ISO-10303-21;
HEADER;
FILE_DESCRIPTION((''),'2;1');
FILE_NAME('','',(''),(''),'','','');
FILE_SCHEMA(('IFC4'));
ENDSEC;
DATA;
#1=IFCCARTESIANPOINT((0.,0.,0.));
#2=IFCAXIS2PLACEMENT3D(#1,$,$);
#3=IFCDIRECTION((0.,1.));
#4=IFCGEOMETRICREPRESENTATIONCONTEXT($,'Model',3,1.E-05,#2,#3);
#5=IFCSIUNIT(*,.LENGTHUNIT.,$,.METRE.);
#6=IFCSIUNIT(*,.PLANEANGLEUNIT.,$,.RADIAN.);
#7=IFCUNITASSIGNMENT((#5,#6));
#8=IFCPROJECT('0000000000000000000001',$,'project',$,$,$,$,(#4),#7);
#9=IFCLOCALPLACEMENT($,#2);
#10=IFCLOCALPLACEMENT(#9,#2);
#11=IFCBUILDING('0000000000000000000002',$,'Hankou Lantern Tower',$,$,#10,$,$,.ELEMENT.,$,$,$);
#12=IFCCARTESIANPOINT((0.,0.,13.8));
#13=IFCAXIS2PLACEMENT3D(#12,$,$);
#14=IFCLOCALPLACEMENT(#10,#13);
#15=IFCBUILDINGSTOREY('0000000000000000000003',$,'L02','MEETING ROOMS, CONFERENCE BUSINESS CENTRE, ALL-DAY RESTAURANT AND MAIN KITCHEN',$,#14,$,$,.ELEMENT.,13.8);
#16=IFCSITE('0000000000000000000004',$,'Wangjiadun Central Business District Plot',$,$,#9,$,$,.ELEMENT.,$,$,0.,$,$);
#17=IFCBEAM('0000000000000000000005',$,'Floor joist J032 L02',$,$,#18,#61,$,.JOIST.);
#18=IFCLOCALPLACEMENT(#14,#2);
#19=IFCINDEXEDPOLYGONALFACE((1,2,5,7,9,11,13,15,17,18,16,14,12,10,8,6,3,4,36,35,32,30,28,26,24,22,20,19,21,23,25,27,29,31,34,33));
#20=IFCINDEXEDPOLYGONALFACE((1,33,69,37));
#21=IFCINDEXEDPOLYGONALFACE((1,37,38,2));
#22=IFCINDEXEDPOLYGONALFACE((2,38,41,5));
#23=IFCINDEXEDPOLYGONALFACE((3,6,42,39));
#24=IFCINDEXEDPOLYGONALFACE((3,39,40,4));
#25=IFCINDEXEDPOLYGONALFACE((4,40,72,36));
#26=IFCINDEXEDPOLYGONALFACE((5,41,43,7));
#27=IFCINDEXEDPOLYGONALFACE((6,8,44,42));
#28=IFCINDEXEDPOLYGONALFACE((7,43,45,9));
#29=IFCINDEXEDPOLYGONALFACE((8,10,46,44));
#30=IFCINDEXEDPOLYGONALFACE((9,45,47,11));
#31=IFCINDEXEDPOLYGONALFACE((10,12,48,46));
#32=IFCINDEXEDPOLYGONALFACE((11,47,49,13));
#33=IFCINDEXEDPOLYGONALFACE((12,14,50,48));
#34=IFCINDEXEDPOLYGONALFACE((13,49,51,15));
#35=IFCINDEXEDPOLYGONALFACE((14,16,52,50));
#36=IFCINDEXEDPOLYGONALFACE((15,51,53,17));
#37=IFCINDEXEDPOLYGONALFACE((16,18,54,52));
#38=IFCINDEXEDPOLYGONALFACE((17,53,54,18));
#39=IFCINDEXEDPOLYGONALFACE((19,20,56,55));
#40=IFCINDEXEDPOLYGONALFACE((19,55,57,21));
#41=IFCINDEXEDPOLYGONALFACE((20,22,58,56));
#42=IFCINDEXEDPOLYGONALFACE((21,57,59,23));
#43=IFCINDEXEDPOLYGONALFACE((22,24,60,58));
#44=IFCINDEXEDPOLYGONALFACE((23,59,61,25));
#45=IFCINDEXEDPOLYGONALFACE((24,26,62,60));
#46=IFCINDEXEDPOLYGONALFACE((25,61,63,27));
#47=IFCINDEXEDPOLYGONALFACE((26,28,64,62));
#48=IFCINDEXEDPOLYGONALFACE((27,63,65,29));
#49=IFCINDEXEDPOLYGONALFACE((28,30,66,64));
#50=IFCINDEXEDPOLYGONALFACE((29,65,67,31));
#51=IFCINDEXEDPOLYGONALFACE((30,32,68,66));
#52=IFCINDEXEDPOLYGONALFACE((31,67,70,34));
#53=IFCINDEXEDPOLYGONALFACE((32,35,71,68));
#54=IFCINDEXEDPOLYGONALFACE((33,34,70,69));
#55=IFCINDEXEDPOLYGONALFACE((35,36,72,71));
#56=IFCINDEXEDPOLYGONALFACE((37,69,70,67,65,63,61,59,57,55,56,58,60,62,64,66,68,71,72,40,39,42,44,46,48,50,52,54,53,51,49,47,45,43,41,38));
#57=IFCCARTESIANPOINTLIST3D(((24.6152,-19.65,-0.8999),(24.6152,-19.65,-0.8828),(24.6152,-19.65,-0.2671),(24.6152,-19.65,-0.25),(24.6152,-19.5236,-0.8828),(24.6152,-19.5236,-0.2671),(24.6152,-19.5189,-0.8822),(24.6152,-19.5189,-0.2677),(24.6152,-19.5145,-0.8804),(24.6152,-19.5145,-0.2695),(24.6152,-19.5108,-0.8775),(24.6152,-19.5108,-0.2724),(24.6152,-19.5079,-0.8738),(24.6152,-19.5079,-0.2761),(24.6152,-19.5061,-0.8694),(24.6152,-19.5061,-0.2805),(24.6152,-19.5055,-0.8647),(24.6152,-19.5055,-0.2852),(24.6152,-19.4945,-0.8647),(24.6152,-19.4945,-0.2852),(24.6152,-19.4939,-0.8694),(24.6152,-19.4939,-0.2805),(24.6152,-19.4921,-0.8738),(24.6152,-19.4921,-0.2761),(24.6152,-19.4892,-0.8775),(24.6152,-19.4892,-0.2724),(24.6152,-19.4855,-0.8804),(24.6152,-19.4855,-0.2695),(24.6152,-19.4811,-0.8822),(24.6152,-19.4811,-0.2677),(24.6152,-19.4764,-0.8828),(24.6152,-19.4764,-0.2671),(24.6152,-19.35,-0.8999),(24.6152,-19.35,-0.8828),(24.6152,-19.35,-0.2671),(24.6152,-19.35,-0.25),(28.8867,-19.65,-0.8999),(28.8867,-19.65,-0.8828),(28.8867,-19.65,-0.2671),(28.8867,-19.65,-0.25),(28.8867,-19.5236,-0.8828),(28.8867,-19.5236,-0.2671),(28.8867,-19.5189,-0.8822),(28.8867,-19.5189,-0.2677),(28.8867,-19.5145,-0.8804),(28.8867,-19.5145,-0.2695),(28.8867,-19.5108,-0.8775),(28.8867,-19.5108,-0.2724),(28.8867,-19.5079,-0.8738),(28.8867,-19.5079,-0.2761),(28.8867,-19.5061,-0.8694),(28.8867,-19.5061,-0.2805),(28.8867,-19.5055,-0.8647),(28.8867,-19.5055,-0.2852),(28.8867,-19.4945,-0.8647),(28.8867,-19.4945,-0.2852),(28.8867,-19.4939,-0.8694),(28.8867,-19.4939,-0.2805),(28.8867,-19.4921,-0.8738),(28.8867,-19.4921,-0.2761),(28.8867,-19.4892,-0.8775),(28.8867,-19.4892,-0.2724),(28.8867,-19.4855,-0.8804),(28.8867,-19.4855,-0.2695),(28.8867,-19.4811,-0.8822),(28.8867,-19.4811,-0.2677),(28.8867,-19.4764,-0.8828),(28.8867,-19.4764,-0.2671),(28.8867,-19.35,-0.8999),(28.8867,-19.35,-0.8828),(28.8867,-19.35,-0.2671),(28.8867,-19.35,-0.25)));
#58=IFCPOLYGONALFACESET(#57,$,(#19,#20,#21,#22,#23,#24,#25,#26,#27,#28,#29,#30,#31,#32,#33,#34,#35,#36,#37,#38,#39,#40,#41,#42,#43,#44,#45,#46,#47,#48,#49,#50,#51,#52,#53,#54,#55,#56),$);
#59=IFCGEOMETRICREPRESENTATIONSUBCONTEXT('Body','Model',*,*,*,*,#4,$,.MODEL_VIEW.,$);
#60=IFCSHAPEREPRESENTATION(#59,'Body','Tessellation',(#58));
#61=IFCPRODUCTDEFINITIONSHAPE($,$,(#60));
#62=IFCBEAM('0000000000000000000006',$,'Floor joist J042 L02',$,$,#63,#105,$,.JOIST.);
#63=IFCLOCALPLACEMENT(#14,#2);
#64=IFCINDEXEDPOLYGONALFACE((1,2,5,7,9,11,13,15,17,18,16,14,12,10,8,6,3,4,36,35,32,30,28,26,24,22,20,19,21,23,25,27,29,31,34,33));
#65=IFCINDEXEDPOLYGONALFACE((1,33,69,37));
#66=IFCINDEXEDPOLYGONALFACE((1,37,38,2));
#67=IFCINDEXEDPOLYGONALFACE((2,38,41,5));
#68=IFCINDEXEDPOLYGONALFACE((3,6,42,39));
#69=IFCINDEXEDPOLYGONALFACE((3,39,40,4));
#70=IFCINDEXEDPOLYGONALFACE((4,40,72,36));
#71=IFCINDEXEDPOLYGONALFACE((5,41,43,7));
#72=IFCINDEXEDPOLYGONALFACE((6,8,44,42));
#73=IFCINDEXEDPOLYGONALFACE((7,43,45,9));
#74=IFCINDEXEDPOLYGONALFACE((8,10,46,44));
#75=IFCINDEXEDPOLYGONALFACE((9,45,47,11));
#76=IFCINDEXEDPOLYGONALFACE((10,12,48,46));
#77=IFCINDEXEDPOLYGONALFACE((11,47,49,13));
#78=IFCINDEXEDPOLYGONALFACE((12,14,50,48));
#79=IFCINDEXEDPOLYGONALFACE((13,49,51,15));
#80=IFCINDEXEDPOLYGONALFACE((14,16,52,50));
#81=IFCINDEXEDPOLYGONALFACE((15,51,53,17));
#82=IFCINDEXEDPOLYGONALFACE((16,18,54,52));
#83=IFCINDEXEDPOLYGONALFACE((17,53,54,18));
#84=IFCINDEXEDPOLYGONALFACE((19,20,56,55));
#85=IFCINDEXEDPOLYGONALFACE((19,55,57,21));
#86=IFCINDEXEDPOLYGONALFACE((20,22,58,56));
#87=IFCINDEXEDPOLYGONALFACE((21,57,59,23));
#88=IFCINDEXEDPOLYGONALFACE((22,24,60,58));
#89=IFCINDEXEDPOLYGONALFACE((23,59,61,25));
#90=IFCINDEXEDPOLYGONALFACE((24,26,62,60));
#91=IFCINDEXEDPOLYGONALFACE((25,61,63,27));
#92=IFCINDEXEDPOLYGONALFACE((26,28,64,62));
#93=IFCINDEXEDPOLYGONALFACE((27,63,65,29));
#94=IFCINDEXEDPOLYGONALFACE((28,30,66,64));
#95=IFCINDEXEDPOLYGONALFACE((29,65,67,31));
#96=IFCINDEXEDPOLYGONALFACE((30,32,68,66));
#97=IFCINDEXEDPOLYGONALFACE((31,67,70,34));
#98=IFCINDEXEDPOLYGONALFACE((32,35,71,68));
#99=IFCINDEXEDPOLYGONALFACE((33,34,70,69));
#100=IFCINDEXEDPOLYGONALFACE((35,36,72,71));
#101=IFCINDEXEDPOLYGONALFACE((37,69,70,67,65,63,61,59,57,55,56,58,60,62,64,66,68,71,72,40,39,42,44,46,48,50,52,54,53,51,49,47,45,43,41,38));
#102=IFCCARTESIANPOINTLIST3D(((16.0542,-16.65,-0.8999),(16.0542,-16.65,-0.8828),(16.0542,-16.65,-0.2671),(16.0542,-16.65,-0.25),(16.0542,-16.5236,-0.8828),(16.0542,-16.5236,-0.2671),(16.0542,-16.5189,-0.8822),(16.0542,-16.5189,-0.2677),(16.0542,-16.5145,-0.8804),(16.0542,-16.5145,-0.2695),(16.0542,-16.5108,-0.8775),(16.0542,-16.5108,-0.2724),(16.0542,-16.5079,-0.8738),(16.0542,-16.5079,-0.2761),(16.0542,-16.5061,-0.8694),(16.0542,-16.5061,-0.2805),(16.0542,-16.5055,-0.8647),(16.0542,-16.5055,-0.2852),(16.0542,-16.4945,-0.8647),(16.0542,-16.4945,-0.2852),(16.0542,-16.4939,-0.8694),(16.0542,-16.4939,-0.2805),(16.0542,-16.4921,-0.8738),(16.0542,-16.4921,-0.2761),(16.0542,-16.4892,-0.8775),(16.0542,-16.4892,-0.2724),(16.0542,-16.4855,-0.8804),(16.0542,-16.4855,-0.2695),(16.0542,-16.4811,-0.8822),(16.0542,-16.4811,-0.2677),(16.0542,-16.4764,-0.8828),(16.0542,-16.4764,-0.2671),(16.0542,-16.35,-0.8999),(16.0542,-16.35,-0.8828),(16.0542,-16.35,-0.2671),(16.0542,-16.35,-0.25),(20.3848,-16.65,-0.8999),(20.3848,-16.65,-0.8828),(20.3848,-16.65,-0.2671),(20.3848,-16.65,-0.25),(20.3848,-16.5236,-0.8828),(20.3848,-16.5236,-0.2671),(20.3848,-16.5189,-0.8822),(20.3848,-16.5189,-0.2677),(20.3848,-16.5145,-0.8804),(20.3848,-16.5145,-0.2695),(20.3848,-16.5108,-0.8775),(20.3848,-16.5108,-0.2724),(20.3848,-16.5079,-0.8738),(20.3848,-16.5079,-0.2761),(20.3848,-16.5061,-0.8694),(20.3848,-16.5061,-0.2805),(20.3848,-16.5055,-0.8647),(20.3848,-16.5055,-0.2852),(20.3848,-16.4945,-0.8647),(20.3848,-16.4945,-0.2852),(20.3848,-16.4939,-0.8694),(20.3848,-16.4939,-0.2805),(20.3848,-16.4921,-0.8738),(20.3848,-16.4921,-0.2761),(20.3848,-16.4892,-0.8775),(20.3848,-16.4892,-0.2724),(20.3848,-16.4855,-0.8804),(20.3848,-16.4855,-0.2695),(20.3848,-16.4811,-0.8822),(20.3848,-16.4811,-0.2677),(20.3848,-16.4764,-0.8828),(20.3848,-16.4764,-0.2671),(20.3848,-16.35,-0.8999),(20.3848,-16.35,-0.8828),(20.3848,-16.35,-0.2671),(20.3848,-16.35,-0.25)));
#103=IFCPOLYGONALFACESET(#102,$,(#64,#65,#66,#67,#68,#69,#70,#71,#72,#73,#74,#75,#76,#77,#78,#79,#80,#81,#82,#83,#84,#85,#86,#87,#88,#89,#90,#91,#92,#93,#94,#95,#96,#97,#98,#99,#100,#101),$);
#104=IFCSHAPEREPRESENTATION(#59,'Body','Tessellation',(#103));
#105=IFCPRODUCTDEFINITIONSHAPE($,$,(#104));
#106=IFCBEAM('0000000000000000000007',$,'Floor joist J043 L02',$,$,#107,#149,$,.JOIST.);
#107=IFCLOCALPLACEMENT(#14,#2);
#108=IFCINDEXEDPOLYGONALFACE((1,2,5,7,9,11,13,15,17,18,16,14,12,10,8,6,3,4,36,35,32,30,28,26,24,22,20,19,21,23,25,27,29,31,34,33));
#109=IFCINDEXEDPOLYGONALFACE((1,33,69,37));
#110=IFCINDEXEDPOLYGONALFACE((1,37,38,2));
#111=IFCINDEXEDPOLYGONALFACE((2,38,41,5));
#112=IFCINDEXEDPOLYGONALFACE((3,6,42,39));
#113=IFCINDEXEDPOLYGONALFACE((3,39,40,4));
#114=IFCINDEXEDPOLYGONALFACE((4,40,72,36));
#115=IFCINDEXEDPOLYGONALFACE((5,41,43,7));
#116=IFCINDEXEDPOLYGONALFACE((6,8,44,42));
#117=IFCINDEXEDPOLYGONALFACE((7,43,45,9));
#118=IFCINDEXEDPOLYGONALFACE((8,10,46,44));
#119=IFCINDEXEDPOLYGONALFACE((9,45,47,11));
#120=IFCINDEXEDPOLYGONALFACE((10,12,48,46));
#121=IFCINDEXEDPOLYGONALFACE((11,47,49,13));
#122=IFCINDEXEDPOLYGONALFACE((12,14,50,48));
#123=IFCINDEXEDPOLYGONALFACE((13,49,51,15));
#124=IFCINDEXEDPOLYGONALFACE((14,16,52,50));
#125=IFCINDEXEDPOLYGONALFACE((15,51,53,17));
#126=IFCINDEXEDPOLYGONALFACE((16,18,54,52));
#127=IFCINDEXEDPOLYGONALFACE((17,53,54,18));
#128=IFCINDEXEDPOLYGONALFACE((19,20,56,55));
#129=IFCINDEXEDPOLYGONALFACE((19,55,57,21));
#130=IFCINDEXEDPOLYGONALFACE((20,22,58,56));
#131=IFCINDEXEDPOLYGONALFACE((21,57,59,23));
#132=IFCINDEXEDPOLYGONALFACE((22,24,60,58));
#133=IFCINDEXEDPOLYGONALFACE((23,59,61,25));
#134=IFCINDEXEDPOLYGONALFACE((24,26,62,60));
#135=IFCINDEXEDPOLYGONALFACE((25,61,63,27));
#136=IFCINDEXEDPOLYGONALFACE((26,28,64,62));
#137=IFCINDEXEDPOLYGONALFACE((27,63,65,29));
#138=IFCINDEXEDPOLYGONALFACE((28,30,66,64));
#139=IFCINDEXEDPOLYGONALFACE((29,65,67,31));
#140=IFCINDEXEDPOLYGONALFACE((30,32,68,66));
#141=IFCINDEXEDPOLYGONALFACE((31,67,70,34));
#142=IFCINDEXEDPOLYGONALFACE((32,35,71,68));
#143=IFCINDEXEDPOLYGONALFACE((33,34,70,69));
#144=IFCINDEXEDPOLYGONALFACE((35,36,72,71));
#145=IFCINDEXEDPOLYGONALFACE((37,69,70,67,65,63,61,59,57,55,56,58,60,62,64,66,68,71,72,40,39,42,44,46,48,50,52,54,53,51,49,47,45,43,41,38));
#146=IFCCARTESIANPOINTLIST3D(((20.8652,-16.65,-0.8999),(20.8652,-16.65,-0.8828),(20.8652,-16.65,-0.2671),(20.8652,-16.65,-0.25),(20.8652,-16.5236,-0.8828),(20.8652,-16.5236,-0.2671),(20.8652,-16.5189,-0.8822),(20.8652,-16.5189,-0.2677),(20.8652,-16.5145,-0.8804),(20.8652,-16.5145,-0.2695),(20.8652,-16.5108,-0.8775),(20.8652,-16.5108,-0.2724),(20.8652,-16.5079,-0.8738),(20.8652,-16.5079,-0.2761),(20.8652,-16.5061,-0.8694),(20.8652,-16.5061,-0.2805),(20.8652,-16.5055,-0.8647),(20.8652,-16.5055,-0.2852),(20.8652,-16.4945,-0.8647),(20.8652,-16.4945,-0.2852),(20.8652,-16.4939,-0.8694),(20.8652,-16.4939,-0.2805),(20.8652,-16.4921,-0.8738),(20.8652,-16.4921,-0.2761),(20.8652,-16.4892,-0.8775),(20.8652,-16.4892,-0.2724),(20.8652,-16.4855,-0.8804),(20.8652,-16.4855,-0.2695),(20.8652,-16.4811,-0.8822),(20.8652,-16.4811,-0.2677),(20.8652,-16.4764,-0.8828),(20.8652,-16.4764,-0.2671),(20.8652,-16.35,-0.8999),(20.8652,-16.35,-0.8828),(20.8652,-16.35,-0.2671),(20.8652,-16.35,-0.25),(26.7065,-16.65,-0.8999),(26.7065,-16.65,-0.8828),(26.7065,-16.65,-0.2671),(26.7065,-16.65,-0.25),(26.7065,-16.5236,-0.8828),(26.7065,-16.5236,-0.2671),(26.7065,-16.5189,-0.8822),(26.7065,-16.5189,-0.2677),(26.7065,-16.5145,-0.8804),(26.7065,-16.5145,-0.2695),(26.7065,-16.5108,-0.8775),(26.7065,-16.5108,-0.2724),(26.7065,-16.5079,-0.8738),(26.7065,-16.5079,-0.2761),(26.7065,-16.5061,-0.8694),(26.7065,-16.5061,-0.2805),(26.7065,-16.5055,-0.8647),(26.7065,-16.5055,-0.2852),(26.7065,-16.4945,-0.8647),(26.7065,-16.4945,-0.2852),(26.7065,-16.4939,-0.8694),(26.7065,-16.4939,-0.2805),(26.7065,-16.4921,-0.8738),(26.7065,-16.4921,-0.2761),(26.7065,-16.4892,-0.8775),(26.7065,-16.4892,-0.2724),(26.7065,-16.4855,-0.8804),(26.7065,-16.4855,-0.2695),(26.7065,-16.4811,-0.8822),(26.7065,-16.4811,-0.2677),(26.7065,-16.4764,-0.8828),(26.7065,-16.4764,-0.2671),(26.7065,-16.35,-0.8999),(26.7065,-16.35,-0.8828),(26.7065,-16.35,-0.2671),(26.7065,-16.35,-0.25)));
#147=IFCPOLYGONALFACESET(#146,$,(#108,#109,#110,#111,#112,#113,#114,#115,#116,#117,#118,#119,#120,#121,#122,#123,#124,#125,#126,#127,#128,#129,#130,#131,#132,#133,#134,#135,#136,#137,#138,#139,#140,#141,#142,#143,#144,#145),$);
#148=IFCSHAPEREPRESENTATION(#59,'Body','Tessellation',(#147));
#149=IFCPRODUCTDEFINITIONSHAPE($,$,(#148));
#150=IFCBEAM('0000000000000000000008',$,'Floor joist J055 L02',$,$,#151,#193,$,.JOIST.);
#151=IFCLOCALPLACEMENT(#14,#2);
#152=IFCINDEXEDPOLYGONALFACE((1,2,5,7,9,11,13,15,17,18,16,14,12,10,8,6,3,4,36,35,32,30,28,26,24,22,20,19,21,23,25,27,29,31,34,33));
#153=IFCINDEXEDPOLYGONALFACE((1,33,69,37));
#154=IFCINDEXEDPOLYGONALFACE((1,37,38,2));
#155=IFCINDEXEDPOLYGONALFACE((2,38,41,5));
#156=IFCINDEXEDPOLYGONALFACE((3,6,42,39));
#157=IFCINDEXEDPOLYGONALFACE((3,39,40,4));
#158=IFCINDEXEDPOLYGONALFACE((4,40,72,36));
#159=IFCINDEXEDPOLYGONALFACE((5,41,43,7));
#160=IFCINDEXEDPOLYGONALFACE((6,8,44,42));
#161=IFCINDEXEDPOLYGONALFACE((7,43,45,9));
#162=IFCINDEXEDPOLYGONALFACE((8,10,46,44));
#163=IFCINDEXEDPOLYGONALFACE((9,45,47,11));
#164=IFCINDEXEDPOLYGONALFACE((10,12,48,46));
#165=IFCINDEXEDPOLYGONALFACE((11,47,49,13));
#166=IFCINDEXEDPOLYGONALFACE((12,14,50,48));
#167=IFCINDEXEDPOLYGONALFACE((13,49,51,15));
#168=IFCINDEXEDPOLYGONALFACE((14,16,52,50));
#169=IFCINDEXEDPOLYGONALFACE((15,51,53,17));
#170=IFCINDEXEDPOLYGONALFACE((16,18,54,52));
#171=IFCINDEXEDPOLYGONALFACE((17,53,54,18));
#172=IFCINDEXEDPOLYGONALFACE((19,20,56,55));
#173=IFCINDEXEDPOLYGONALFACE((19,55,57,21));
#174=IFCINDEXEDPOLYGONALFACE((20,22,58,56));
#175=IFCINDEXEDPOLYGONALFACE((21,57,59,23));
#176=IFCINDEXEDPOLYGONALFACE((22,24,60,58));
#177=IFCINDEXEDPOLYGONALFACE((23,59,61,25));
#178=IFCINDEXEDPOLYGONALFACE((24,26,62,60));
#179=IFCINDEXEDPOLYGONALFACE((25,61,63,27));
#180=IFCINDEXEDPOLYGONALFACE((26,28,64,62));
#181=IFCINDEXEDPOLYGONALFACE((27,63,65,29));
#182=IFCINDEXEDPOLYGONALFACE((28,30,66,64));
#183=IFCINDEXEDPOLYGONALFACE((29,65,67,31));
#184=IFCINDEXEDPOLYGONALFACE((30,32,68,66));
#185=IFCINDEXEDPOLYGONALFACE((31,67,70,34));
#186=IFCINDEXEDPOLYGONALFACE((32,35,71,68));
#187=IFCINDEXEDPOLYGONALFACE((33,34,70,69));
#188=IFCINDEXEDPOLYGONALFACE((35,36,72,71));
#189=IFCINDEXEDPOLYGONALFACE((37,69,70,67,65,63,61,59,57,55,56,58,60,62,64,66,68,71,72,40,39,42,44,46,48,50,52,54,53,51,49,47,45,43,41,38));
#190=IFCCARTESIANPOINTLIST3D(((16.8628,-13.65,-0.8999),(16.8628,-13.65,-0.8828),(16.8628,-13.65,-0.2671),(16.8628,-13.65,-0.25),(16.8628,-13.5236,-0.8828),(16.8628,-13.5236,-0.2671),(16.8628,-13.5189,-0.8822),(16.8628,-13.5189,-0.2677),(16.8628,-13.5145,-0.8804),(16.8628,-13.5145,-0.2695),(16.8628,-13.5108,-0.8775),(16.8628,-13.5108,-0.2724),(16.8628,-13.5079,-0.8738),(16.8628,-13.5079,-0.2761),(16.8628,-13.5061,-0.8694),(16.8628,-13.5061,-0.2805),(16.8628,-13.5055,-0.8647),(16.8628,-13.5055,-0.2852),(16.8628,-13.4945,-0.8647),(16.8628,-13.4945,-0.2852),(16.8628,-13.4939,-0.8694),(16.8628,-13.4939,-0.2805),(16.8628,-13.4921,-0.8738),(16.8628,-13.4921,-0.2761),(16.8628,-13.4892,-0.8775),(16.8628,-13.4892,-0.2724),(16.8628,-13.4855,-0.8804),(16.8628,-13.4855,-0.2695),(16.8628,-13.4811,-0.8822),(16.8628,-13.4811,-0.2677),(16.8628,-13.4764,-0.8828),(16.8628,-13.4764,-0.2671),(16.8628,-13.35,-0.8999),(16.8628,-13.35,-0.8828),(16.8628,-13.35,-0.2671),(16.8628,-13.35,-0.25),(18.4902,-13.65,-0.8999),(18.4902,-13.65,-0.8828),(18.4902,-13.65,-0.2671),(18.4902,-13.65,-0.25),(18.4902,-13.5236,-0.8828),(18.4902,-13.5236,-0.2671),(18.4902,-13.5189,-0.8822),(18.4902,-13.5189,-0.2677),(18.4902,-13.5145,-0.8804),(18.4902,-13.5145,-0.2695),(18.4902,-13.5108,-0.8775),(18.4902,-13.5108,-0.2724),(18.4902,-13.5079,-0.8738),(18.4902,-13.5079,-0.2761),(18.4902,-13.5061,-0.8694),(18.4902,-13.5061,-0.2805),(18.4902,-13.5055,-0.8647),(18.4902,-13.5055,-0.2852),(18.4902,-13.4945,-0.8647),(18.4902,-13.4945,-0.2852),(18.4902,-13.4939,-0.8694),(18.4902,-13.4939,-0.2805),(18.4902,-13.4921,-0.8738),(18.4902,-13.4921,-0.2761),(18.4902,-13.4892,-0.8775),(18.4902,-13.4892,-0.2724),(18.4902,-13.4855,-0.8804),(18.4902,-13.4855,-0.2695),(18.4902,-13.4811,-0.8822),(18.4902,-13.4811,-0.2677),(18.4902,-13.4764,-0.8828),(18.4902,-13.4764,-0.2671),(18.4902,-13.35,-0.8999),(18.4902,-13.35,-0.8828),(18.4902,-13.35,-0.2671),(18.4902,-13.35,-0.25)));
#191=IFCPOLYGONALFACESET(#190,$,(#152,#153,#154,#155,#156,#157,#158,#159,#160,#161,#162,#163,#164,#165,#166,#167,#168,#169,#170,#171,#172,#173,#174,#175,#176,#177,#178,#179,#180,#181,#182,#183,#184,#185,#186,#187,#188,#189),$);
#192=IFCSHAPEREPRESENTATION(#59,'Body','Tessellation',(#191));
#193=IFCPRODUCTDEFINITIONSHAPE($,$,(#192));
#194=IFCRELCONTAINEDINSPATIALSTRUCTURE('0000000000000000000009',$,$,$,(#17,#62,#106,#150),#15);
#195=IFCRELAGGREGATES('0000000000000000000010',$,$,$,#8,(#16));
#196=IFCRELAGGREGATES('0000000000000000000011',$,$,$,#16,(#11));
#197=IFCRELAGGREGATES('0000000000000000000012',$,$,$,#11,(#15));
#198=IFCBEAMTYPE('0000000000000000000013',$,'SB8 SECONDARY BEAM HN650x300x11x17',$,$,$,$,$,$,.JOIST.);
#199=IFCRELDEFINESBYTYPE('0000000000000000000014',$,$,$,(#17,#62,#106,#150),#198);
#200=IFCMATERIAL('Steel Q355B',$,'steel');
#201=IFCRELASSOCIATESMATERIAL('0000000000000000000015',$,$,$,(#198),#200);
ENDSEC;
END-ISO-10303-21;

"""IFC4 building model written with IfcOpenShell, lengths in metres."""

from ifc_helpers import new_model, si_unit, direction, frame, origin, origin_2d, place, context, subcontext, project, spatial, i_section, extrude, material, material_profile, profile_set, type_object, element, save


model = new_model("IFC4")

# Units and contexts
model_context = context("Model", 3, precision=1e-05, world=origin(), true_north=direction((0.0, 1.0)))
body_context = subcontext(model_context, "Body", "Model", "MODEL_VIEW")
ifc_project = project(units=[si_unit("LENGTHUNIT", "METRE"), si_unit("PLANEANGLEUNIT", "RADIAN")], contexts=[model_context])

# Site, building, storey
site_placement = place(None, origin())
site = spatial("IfcSite", under=ifc_project, at=site_placement, Name="Wangjiadun Central Business District Plot", CompositionType="ELEMENT", RefElevation=0.0)
building_placement = place(site_placement, origin())
building = spatial("IfcBuilding", under=site, at=building_placement, Name="Hankou Lantern Tower", CompositionType="ELEMENT")
storey_placement = place(building_placement, frame((0.0, 0.0, 13.8)))
storey = spatial("IfcBuildingStorey", under=building, at=storey_placement, Name="L02", Description="MEETING ROOMS, CONFERENCE BUSINESS CENTRE, ALL-DAY RESTAURANT AND MAIN KITCHEN", CompositionType="ELEMENT", Elevation=13.8)

# Beams
ifc_material_1 = material(Name="Steel Q355B", Category="steel")
ifc_material_profile_1 = material_profile(ifc_material_1, i_section(OverallWidth=0.3, OverallDepth=0.6499, WebThickness=0.011, FlangeThickness=0.0171, FilletRadius=0.0181, at=origin_2d()), Name="HN650x300x11x17")
ifc_profile_set_1 = profile_set([ifc_material_profile_1], Name="Steel Q355B")
beam_type_1 = type_object("IfcBeamType", Name="SB8 SECONDARY BEAM HN650x300x11x17", PredefinedType="JOIST", material=ifc_profile_set_1)
beam_1_placement = place(storey_placement, frame((24.6152, -19.5, -0.575), z_axis=(1.0, 0.0, 0.0), x_axis=(0.0, 1.0, 0.0)))
element("IfcBeam", 1, at=beam_1_placement, inside=storey, type_object=beam_type_1, Name="Floor joist J032 L02", PredefinedType="JOIST", context=body_context, shape_type="SweptSolid", body=[
    extrude(i_section(OverallWidth=0.3, OverallDepth=0.6499, WebThickness=0.011, FlangeThickness=0.0171, FilletRadius=0.0181, at=origin_2d()), origin(), (0.0, 0.0, 1.0), 4.2715),
])
beam_2_placement = place(storey_placement, frame((16.0542, -16.5, -0.575), z_axis=(1.0, 0.0, 0.0), x_axis=(0.0, 1.0, 0.0)))
element("IfcBeam", 2, at=beam_2_placement, inside=storey, type_object=beam_type_1, Name="Floor joist J042 L02", PredefinedType="JOIST", context=body_context, shape_type="SweptSolid", body=[
    extrude(i_section(OverallWidth=0.3, OverallDepth=0.6499, WebThickness=0.011, FlangeThickness=0.0171, FilletRadius=0.0181, at=origin_2d()), origin(), (0.0, 0.0, 1.0), 4.3306),
])
beam_3_placement = place(storey_placement, frame((20.8652, -16.5, -0.575), z_axis=(1.0, 0.0, 0.0), x_axis=(0.0, 1.0, 0.0)))
element("IfcBeam", 3, at=beam_3_placement, inside=storey, type_object=beam_type_1, Name="Floor joist J043 L02", PredefinedType="JOIST", context=body_context, shape_type="SweptSolid", body=[
    extrude(i_section(OverallWidth=0.3, OverallDepth=0.6499, WebThickness=0.011, FlangeThickness=0.0171, FilletRadius=0.0181, at=origin_2d()), origin(), (0.0, 0.0, 1.0), 5.8413),
])
beam_4_placement = place(storey_placement, frame((16.8628, -13.5, -0.575), z_axis=(1.0, 0.0, 0.0), x_axis=(0.0, 1.0, 0.0)))
element("IfcBeam", 4, at=beam_4_placement, inside=storey, type_object=beam_type_1, Name="Floor joist J055 L02", PredefinedType="JOIST", context=body_context, shape_type="SweptSolid", body=[
    extrude(i_section(OverallWidth=0.3, OverallDepth=0.6499, WebThickness=0.011, FlangeThickness=0.0171, FilletRadius=0.0181, at=origin_2d()), origin(), (0.0, 0.0, 1.0), 1.6274),
])

save(model, "model.ifc")
